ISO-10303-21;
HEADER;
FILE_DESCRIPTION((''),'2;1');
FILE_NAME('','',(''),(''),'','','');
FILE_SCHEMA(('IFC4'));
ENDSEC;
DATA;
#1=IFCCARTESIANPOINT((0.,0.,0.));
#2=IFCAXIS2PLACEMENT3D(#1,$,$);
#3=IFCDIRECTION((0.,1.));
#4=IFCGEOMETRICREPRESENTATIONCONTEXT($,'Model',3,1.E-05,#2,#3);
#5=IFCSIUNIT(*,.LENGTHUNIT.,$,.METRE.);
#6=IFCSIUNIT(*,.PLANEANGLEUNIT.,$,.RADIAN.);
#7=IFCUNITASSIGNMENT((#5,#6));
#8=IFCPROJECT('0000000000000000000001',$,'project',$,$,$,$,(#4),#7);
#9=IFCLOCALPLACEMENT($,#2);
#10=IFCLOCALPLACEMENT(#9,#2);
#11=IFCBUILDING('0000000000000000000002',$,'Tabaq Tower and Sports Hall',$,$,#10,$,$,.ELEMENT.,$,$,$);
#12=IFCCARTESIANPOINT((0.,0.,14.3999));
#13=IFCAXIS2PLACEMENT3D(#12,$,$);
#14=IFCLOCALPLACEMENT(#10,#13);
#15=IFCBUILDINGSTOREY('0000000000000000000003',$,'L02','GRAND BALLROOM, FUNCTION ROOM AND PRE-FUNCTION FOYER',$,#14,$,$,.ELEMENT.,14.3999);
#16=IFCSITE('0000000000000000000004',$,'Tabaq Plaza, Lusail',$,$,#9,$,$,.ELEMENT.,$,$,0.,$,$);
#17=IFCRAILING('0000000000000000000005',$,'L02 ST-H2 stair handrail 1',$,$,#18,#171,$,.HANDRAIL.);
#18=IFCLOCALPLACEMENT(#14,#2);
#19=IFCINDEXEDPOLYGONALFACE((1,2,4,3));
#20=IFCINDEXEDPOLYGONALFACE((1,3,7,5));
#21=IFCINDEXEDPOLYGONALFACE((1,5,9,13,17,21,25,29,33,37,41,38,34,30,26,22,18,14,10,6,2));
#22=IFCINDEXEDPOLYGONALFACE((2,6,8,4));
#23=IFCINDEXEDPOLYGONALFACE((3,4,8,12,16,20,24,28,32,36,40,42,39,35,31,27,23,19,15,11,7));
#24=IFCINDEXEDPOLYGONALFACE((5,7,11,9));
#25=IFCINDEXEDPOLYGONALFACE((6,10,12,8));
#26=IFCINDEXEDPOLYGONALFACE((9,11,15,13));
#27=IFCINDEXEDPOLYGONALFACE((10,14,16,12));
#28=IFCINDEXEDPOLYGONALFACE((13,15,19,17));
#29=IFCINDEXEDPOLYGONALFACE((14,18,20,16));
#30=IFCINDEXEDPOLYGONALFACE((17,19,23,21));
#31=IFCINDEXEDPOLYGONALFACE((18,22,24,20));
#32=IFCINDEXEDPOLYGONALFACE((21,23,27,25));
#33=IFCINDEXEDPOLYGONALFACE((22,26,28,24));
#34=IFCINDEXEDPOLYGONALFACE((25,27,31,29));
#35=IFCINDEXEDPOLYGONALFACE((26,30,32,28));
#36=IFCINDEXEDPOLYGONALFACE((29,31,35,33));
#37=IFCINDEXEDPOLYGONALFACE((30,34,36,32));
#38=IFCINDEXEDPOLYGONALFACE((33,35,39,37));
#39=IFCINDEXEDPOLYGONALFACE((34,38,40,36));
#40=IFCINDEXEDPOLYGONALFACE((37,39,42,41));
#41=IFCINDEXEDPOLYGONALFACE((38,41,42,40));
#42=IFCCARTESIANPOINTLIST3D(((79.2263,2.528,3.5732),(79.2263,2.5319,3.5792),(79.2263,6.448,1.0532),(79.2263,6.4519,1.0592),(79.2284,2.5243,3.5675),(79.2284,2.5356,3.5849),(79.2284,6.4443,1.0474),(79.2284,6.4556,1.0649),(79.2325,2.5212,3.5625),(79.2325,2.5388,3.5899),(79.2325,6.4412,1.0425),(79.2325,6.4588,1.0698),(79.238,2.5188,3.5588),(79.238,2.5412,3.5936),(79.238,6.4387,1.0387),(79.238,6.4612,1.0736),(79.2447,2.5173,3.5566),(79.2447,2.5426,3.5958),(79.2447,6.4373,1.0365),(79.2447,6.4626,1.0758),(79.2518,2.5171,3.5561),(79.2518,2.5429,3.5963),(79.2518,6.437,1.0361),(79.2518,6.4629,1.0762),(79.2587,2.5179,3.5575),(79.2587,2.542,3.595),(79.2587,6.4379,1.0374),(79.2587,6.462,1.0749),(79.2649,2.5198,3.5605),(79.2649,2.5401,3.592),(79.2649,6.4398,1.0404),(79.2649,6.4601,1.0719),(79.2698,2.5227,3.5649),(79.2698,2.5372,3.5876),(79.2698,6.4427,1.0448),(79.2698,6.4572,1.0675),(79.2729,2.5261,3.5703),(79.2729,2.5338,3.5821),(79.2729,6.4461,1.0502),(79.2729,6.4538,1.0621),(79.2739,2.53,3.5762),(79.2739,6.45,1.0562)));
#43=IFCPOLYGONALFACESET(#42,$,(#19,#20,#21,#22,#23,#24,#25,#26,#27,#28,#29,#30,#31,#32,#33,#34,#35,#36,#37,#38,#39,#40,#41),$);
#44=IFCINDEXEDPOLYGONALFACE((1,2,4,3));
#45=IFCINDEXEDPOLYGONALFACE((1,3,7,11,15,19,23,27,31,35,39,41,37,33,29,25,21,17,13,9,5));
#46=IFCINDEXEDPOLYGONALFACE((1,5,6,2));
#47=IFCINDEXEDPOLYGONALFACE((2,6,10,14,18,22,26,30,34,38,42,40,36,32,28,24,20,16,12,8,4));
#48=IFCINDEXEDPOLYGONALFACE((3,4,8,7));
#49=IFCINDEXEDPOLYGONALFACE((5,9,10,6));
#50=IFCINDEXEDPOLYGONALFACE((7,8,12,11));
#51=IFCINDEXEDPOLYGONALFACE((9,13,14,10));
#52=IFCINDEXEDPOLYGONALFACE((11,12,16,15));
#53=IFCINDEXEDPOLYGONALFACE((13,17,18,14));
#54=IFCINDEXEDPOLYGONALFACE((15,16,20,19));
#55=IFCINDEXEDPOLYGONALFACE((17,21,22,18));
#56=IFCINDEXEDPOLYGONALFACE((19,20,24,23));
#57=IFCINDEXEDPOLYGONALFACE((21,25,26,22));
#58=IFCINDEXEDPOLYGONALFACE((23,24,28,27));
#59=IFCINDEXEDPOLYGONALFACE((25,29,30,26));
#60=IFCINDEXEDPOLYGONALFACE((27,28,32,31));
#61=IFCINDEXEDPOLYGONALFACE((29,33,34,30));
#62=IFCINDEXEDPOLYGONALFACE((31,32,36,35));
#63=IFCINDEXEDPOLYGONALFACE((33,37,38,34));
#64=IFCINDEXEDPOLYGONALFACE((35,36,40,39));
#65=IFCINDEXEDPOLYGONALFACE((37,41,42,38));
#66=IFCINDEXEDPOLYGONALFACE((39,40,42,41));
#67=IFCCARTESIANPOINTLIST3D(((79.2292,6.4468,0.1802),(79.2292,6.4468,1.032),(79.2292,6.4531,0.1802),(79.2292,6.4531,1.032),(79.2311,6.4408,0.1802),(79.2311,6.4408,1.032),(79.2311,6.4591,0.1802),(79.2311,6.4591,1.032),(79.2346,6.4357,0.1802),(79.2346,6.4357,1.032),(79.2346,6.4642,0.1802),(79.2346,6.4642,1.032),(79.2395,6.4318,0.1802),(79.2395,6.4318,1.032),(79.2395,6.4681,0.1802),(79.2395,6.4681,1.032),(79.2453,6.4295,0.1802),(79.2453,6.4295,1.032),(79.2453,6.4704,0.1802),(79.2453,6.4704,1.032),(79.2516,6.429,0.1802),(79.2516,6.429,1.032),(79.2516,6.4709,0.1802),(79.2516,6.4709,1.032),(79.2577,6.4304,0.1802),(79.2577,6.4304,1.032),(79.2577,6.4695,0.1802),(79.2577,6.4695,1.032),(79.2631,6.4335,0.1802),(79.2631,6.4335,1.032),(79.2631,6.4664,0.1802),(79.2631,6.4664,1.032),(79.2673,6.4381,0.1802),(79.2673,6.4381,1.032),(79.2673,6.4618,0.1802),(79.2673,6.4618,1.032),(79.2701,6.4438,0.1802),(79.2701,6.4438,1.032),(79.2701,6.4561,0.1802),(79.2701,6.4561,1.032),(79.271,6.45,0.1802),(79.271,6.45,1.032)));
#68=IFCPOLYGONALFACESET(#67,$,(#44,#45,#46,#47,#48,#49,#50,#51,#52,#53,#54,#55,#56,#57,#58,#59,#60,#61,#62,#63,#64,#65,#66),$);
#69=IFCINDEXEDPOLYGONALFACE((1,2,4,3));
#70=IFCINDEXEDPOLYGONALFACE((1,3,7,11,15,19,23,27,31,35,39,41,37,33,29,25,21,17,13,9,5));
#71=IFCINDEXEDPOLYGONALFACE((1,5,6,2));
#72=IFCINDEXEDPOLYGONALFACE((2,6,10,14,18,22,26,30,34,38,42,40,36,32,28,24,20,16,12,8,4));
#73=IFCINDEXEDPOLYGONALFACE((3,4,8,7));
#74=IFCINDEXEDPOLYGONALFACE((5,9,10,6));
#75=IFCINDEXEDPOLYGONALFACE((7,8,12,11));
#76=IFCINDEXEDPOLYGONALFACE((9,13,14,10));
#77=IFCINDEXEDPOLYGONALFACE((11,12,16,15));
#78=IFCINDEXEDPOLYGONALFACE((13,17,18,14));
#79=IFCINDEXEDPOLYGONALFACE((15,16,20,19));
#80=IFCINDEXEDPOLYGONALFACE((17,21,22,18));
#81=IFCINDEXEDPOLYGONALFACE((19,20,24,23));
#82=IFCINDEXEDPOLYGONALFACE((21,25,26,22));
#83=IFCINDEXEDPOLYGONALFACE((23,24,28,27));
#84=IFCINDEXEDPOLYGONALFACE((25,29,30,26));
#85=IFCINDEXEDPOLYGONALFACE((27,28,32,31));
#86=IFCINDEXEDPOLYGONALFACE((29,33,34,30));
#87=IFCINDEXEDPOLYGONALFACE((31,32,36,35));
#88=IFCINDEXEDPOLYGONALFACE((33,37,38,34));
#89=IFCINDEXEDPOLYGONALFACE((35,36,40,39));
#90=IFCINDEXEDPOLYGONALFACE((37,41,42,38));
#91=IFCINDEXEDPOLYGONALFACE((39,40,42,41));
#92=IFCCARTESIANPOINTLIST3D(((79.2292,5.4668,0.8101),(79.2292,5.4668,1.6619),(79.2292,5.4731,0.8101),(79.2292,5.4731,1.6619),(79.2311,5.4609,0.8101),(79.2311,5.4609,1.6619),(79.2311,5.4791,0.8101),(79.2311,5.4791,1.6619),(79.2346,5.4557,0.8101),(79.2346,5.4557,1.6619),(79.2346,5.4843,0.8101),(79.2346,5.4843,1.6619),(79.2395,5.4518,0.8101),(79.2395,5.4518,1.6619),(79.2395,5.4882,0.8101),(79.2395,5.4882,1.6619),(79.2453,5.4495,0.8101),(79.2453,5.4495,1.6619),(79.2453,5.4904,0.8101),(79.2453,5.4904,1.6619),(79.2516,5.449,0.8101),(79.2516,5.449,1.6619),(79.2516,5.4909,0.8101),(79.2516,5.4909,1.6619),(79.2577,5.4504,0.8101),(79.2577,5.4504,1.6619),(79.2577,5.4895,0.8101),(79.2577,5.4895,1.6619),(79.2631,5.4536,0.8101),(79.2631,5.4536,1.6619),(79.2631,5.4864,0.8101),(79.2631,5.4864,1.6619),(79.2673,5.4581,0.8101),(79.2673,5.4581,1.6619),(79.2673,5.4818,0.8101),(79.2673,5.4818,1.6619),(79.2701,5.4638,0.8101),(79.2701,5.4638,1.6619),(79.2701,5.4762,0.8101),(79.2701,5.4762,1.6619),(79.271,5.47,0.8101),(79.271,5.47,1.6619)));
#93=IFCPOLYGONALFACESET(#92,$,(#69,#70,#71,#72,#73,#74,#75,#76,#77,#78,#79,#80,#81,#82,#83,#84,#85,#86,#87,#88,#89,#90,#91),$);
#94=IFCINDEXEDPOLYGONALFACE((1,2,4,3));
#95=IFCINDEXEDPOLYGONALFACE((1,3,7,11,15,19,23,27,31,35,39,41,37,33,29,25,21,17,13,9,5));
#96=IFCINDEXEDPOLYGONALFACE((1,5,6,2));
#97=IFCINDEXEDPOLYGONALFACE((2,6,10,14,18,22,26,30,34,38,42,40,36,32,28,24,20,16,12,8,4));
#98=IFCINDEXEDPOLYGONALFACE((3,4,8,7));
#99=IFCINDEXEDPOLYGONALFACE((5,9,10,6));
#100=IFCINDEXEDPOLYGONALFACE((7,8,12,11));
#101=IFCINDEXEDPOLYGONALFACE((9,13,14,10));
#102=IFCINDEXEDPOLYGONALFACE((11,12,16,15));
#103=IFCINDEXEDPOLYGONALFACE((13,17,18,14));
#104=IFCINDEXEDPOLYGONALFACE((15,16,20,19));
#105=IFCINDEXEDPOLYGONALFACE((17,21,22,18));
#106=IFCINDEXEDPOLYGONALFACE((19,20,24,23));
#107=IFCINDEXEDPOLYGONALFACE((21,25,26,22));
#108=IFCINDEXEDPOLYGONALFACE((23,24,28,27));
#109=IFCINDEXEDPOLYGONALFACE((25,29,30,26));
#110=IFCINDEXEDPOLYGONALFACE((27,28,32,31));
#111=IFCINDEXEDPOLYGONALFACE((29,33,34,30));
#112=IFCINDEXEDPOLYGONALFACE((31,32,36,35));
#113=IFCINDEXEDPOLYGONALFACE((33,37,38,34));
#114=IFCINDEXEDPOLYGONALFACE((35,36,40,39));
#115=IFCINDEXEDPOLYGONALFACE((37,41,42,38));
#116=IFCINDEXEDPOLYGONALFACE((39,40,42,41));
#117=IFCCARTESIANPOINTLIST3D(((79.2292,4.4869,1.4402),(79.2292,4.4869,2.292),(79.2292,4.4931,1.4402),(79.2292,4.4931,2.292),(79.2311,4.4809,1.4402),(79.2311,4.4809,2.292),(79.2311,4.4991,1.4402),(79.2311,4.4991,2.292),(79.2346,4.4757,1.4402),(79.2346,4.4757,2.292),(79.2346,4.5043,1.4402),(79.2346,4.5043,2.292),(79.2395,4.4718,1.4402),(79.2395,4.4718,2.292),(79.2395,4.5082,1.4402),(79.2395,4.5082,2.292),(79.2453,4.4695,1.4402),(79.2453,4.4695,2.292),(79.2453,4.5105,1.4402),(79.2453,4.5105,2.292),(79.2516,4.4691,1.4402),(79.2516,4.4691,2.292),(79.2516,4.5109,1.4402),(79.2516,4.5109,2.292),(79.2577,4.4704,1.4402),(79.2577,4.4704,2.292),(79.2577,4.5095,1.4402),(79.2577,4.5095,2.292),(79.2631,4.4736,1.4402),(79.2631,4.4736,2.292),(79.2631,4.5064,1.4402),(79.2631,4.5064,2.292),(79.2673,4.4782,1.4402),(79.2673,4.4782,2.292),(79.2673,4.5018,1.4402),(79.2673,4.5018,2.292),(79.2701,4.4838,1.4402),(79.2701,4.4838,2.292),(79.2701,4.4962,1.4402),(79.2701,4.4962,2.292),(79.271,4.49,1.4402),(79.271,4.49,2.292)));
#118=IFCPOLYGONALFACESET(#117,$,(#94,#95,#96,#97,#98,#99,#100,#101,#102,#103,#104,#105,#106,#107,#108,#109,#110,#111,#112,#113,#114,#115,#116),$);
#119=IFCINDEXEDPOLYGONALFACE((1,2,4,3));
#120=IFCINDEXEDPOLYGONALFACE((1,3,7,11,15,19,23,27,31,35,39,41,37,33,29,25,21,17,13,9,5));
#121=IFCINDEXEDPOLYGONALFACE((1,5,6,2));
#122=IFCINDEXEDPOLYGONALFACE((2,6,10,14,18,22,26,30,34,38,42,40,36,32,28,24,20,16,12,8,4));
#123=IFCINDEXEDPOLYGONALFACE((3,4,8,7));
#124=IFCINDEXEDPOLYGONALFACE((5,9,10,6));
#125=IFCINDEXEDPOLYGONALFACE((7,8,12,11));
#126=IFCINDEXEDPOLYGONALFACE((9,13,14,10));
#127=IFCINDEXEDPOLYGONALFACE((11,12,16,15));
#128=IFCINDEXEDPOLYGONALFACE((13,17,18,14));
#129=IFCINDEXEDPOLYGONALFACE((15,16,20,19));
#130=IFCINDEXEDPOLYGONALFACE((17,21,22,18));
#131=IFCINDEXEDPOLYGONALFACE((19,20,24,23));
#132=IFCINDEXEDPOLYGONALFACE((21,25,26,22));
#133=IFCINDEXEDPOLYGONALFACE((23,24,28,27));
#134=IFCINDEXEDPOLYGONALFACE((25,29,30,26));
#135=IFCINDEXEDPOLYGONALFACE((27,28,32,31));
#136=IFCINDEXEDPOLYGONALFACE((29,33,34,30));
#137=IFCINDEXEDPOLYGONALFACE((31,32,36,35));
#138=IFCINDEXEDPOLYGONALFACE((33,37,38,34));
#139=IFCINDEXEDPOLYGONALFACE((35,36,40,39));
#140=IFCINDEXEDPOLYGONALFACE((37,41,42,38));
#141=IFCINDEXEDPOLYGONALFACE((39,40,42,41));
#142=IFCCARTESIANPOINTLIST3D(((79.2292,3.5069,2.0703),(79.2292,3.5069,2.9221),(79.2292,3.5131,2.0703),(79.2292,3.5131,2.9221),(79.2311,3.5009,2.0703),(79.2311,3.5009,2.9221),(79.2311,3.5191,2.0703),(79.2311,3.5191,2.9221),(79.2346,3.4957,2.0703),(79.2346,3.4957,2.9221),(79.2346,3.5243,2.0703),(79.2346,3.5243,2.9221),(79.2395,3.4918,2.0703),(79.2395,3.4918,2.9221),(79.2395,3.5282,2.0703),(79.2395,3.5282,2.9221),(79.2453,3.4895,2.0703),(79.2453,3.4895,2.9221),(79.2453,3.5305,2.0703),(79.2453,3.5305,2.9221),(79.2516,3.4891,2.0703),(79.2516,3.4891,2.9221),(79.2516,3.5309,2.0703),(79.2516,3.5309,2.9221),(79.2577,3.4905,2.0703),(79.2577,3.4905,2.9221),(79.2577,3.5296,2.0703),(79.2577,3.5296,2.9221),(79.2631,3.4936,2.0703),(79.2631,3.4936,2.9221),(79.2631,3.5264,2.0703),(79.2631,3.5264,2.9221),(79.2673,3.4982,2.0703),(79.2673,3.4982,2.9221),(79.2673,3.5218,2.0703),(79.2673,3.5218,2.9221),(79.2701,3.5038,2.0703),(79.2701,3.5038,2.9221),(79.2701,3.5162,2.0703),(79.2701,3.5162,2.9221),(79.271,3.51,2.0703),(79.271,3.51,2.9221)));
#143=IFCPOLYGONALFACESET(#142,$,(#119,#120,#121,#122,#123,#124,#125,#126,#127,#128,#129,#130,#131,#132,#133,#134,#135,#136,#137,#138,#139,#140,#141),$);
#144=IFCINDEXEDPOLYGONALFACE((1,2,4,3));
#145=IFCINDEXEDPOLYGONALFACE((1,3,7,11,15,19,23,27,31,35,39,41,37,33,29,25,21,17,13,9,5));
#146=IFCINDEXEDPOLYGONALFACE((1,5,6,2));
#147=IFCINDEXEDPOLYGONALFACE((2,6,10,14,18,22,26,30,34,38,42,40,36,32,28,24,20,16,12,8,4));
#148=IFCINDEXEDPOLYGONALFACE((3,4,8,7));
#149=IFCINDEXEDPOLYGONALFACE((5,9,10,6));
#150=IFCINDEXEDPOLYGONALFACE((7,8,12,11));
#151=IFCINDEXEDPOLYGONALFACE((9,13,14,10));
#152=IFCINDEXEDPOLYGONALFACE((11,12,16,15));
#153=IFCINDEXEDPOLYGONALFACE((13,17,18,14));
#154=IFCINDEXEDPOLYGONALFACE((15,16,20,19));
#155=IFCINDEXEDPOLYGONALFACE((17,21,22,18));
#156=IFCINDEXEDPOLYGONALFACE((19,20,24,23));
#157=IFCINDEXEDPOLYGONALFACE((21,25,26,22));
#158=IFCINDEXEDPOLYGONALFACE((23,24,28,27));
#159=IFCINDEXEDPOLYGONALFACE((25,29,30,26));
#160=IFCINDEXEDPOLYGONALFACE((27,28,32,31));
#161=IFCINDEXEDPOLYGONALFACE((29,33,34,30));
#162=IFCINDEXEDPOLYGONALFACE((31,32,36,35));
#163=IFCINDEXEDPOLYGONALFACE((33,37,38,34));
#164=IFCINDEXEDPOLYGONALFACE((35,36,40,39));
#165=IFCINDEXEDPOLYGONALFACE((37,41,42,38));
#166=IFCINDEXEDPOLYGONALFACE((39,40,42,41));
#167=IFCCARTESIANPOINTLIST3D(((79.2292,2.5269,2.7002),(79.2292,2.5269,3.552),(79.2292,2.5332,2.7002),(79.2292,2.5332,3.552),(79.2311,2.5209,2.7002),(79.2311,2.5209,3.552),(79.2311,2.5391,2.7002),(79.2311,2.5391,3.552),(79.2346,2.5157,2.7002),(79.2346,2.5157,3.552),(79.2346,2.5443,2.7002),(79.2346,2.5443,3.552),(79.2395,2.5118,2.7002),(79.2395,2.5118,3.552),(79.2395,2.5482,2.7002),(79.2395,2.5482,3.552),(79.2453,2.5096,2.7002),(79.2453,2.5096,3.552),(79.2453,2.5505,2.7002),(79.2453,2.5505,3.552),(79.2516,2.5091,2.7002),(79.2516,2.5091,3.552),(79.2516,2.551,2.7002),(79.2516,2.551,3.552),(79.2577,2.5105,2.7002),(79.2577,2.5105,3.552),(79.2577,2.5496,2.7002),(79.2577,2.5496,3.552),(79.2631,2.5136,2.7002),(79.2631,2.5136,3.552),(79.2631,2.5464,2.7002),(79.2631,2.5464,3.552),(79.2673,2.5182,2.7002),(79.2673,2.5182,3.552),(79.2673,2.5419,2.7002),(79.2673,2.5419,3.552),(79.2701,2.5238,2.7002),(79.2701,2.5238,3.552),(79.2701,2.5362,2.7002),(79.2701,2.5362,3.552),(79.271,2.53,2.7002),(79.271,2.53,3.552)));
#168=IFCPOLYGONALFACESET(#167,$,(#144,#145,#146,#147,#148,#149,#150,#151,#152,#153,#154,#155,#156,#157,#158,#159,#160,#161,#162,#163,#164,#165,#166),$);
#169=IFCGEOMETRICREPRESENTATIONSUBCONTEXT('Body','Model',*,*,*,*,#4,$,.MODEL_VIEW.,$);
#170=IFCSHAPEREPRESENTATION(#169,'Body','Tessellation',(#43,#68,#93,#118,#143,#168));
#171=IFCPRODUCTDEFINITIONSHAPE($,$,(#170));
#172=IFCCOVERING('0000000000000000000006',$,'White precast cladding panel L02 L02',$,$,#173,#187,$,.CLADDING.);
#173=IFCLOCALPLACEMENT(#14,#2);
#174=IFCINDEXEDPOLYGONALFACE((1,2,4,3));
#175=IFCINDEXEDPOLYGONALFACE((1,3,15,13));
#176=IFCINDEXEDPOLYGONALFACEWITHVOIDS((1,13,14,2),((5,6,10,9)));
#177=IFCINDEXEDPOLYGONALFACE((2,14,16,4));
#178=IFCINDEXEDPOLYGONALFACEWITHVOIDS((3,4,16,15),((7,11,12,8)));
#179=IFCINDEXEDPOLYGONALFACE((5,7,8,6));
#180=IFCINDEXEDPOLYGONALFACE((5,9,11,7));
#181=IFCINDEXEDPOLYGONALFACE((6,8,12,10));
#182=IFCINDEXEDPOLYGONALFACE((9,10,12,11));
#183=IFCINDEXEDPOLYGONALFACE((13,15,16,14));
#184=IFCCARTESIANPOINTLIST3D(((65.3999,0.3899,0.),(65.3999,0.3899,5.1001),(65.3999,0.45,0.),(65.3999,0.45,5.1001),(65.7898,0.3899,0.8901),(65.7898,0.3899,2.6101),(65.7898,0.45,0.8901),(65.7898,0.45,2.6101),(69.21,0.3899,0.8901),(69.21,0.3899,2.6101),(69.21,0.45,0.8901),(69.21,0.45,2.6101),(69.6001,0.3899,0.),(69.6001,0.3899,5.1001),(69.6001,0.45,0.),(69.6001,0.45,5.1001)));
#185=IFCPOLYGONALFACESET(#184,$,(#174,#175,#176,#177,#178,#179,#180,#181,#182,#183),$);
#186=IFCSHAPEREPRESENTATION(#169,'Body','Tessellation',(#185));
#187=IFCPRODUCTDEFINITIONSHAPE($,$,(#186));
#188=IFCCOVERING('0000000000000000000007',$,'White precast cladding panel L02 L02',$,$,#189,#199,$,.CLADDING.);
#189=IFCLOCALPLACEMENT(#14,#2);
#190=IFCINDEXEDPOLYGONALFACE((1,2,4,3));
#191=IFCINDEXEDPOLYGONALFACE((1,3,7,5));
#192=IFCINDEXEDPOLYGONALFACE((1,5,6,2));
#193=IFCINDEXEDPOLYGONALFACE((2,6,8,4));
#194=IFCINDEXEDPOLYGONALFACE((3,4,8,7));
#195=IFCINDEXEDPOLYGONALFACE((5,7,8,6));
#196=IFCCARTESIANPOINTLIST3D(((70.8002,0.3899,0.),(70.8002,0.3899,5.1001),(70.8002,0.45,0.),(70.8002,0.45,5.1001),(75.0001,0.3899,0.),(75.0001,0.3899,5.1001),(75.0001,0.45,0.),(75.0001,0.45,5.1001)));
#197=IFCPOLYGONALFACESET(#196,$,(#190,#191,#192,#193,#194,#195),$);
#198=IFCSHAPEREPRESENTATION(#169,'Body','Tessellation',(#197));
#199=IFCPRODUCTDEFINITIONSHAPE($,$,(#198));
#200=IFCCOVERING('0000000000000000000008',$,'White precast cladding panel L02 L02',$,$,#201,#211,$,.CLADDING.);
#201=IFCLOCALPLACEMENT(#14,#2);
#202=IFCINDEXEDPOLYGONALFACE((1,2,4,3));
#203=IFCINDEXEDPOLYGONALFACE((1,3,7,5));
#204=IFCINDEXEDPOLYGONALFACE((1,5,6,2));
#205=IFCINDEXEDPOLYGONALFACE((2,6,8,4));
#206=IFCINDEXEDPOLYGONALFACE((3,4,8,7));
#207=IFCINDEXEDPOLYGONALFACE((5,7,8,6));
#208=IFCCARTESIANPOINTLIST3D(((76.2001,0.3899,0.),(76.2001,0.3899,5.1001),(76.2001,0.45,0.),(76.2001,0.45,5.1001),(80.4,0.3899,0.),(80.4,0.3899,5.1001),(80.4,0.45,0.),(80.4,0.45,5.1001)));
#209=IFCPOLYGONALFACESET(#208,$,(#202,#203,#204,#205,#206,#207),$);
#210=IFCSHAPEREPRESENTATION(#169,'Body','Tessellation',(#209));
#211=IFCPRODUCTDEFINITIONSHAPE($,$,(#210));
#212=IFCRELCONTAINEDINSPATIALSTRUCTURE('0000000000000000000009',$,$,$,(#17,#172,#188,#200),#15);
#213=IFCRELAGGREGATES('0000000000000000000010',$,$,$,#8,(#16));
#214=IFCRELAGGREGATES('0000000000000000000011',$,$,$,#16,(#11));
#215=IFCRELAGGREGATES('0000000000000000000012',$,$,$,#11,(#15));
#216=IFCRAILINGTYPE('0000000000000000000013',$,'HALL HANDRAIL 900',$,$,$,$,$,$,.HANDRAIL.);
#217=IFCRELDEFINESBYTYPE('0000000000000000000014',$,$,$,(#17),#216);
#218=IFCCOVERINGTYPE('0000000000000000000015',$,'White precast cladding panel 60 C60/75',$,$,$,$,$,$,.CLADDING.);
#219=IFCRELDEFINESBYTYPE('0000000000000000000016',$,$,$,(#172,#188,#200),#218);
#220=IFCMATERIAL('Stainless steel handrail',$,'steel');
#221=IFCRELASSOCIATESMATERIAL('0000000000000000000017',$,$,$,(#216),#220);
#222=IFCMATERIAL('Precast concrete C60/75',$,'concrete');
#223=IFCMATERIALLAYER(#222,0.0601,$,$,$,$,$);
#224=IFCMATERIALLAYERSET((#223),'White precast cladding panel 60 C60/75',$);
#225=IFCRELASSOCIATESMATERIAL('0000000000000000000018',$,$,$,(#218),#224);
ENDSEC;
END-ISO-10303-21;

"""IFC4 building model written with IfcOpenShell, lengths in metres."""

from ifc_helpers import new_model, si_unit, direction, frame, frame_2d, origin, origin_2d, place, context, subcontext, project, spatial, polyline, rectangle, circle, outline, extrude, material, layer, layer_set, type_object, element, save


model = new_model("IFC4")

# Units and contexts
model_context = context("Model", 3, precision=1e-05, world=origin(), true_north=direction((0.0, 1.0)))
body_context = subcontext(model_context, "Body", "Model", "MODEL_VIEW")
ifc_project = project(units=[si_unit("LENGTHUNIT", "METRE"), si_unit("PLANEANGLEUNIT", "RADIAN")], contexts=[model_context])

# Site, building, storey
site_placement = place(None, origin())
site = spatial("IfcSite", under=ifc_project, at=site_placement, Name="Tabaq Plaza, Lusail", CompositionType="ELEMENT", RefElevation=0.0)
building_placement = place(site_placement, origin())
building = spatial("IfcBuilding", under=site, at=building_placement, Name="Tabaq Tower and Sports Hall", CompositionType="ELEMENT")
storey_placement = place(building_placement, frame((0.0, 0.0, 14.3999)))
storey = spatial("IfcBuildingStorey", under=building, at=storey_placement, Name="L02", Description="GRAND BALLROOM, FUNCTION ROOM AND PRE-FUNCTION FOYER", CompositionType="ELEMENT", Elevation=14.3999)

# Railing
ifc_material_1 = material(Name="Stainless steel handrail", Category="steel")
railing_type_1 = type_object("IfcRailingType", Name="HALL HANDRAIL 900", PredefinedType="HANDRAIL", material=ifc_material_1)
railing_1_placement = place(storey_placement, frame((79.25, 6.45, 0.1802)))
element("IfcRailing", 1, at=railing_1_placement, inside=storey, type_object=railing_type_1, Name="L02 ST-H2 stair handrail 1", PredefinedType="HANDRAIL", context=body_context, shape_type="SweptSolid", body=[
    extrude(circle(Radius=0.0239, at=origin_2d()), frame((0.0, 0.0, 0.876), z_axis=(0.0, -0.841172, 0.540768), x_axis=(1.0, 0.0, 0.0)), (0.0, 0.0, 1.0), 4.6602),
    extrude(circle(Radius=0.021, at=origin_2d()), origin(), (0.0, 0.0, 1.0), 0.8518),
    extrude(circle(Radius=0.021, at=origin_2d()), frame((0.0, -0.98, 0.6299)), (0.0, 0.0, 1.0), 0.8518),
    extrude(circle(Radius=0.021, at=origin_2d()), frame((0.0, -1.96, 1.26)), (0.0, 0.0, 1.0), 0.8518),
    extrude(circle(Radius=0.021, at=origin_2d()), frame((0.0, -2.9399, 1.8901)), (0.0, 0.0, 1.0), 0.8518),
    extrude(circle(Radius=0.021, at=origin_2d()), frame((0.0, -3.9199, 2.52)), (0.0, 0.0, 1.0), 0.8518),
])

# Coverings
ifc_material_2 = material(Name="Precast concrete C60/75", Category="concrete")
ifc_layer_1 = layer(ifc_material_2, 0.0601)
ifc_layer_set_1 = layer_set([ifc_layer_1], Name="White precast cladding panel 60 C60/75")
covering_type = type_object("IfcCoveringType", Name="White precast cladding panel 60 C60/75", PredefinedType="CLADDING", material=ifc_layer_set_1)
covering_placement = place(storey_placement, frame((65.3999, 0.4199, 0.0), z_axis=(0.0, 0.0, 1.0), x_axis=(1.0, 0.0, 0.0)))
element("IfcCovering", 2, at=covering_placement, inside=storey, type_object=covering_type, Name="White precast cladding panel L02 L02", PredefinedType="CLADDING", context=body_context, shape_type="SweptSolid", body=[
    extrude(outline(polyline([(0.0, 0.0), (4.2002, 0.0), (4.2002, 5.1001), (0.0, 5.1001), (0.0, 0.0)]), holes=[polyline([(0.3899, 0.8901), (0.3899, 2.6101), (3.8101, 2.6101), (3.8101, 0.8901), (0.3899, 0.8901)])]), frame((0.0, 0.03, 0.0), z_axis=(0.0, -1.0, 0.0), x_axis=(1.0, 0.0, 0.0)), (0.0, 0.0, 1.0), 0.0601),
])
for number, where, z_axis, x_axis, name in (
    (3, (70.8, 0.4199, 0.0), (0.0, 0.0, 1.0), (1.0, 0.0, 0.0), "White precast cladding panel L02 L02"),
    (4, (76.2, 0.4199, 0.0), (0.0, 0.0, 1.0), (1.0, 0.0, 0.0), "White precast cladding panel L02 L02"),
):
    element("IfcCovering", number, at=place(storey_placement, frame(where, z_axis=z_axis, x_axis=x_axis)), inside=storey, type_object=covering_type, Name=name, PredefinedType="CLADDING", context=body_context, shape_type="SweptSolid", body=[
        extrude(rectangle(XDim=4.2, YDim=0.0601, at=frame_2d((2.1001, 0.0))), origin(), (0.0, 0.0, 1.0), 5.1001),
    ])

save(model, "model.ifc")
